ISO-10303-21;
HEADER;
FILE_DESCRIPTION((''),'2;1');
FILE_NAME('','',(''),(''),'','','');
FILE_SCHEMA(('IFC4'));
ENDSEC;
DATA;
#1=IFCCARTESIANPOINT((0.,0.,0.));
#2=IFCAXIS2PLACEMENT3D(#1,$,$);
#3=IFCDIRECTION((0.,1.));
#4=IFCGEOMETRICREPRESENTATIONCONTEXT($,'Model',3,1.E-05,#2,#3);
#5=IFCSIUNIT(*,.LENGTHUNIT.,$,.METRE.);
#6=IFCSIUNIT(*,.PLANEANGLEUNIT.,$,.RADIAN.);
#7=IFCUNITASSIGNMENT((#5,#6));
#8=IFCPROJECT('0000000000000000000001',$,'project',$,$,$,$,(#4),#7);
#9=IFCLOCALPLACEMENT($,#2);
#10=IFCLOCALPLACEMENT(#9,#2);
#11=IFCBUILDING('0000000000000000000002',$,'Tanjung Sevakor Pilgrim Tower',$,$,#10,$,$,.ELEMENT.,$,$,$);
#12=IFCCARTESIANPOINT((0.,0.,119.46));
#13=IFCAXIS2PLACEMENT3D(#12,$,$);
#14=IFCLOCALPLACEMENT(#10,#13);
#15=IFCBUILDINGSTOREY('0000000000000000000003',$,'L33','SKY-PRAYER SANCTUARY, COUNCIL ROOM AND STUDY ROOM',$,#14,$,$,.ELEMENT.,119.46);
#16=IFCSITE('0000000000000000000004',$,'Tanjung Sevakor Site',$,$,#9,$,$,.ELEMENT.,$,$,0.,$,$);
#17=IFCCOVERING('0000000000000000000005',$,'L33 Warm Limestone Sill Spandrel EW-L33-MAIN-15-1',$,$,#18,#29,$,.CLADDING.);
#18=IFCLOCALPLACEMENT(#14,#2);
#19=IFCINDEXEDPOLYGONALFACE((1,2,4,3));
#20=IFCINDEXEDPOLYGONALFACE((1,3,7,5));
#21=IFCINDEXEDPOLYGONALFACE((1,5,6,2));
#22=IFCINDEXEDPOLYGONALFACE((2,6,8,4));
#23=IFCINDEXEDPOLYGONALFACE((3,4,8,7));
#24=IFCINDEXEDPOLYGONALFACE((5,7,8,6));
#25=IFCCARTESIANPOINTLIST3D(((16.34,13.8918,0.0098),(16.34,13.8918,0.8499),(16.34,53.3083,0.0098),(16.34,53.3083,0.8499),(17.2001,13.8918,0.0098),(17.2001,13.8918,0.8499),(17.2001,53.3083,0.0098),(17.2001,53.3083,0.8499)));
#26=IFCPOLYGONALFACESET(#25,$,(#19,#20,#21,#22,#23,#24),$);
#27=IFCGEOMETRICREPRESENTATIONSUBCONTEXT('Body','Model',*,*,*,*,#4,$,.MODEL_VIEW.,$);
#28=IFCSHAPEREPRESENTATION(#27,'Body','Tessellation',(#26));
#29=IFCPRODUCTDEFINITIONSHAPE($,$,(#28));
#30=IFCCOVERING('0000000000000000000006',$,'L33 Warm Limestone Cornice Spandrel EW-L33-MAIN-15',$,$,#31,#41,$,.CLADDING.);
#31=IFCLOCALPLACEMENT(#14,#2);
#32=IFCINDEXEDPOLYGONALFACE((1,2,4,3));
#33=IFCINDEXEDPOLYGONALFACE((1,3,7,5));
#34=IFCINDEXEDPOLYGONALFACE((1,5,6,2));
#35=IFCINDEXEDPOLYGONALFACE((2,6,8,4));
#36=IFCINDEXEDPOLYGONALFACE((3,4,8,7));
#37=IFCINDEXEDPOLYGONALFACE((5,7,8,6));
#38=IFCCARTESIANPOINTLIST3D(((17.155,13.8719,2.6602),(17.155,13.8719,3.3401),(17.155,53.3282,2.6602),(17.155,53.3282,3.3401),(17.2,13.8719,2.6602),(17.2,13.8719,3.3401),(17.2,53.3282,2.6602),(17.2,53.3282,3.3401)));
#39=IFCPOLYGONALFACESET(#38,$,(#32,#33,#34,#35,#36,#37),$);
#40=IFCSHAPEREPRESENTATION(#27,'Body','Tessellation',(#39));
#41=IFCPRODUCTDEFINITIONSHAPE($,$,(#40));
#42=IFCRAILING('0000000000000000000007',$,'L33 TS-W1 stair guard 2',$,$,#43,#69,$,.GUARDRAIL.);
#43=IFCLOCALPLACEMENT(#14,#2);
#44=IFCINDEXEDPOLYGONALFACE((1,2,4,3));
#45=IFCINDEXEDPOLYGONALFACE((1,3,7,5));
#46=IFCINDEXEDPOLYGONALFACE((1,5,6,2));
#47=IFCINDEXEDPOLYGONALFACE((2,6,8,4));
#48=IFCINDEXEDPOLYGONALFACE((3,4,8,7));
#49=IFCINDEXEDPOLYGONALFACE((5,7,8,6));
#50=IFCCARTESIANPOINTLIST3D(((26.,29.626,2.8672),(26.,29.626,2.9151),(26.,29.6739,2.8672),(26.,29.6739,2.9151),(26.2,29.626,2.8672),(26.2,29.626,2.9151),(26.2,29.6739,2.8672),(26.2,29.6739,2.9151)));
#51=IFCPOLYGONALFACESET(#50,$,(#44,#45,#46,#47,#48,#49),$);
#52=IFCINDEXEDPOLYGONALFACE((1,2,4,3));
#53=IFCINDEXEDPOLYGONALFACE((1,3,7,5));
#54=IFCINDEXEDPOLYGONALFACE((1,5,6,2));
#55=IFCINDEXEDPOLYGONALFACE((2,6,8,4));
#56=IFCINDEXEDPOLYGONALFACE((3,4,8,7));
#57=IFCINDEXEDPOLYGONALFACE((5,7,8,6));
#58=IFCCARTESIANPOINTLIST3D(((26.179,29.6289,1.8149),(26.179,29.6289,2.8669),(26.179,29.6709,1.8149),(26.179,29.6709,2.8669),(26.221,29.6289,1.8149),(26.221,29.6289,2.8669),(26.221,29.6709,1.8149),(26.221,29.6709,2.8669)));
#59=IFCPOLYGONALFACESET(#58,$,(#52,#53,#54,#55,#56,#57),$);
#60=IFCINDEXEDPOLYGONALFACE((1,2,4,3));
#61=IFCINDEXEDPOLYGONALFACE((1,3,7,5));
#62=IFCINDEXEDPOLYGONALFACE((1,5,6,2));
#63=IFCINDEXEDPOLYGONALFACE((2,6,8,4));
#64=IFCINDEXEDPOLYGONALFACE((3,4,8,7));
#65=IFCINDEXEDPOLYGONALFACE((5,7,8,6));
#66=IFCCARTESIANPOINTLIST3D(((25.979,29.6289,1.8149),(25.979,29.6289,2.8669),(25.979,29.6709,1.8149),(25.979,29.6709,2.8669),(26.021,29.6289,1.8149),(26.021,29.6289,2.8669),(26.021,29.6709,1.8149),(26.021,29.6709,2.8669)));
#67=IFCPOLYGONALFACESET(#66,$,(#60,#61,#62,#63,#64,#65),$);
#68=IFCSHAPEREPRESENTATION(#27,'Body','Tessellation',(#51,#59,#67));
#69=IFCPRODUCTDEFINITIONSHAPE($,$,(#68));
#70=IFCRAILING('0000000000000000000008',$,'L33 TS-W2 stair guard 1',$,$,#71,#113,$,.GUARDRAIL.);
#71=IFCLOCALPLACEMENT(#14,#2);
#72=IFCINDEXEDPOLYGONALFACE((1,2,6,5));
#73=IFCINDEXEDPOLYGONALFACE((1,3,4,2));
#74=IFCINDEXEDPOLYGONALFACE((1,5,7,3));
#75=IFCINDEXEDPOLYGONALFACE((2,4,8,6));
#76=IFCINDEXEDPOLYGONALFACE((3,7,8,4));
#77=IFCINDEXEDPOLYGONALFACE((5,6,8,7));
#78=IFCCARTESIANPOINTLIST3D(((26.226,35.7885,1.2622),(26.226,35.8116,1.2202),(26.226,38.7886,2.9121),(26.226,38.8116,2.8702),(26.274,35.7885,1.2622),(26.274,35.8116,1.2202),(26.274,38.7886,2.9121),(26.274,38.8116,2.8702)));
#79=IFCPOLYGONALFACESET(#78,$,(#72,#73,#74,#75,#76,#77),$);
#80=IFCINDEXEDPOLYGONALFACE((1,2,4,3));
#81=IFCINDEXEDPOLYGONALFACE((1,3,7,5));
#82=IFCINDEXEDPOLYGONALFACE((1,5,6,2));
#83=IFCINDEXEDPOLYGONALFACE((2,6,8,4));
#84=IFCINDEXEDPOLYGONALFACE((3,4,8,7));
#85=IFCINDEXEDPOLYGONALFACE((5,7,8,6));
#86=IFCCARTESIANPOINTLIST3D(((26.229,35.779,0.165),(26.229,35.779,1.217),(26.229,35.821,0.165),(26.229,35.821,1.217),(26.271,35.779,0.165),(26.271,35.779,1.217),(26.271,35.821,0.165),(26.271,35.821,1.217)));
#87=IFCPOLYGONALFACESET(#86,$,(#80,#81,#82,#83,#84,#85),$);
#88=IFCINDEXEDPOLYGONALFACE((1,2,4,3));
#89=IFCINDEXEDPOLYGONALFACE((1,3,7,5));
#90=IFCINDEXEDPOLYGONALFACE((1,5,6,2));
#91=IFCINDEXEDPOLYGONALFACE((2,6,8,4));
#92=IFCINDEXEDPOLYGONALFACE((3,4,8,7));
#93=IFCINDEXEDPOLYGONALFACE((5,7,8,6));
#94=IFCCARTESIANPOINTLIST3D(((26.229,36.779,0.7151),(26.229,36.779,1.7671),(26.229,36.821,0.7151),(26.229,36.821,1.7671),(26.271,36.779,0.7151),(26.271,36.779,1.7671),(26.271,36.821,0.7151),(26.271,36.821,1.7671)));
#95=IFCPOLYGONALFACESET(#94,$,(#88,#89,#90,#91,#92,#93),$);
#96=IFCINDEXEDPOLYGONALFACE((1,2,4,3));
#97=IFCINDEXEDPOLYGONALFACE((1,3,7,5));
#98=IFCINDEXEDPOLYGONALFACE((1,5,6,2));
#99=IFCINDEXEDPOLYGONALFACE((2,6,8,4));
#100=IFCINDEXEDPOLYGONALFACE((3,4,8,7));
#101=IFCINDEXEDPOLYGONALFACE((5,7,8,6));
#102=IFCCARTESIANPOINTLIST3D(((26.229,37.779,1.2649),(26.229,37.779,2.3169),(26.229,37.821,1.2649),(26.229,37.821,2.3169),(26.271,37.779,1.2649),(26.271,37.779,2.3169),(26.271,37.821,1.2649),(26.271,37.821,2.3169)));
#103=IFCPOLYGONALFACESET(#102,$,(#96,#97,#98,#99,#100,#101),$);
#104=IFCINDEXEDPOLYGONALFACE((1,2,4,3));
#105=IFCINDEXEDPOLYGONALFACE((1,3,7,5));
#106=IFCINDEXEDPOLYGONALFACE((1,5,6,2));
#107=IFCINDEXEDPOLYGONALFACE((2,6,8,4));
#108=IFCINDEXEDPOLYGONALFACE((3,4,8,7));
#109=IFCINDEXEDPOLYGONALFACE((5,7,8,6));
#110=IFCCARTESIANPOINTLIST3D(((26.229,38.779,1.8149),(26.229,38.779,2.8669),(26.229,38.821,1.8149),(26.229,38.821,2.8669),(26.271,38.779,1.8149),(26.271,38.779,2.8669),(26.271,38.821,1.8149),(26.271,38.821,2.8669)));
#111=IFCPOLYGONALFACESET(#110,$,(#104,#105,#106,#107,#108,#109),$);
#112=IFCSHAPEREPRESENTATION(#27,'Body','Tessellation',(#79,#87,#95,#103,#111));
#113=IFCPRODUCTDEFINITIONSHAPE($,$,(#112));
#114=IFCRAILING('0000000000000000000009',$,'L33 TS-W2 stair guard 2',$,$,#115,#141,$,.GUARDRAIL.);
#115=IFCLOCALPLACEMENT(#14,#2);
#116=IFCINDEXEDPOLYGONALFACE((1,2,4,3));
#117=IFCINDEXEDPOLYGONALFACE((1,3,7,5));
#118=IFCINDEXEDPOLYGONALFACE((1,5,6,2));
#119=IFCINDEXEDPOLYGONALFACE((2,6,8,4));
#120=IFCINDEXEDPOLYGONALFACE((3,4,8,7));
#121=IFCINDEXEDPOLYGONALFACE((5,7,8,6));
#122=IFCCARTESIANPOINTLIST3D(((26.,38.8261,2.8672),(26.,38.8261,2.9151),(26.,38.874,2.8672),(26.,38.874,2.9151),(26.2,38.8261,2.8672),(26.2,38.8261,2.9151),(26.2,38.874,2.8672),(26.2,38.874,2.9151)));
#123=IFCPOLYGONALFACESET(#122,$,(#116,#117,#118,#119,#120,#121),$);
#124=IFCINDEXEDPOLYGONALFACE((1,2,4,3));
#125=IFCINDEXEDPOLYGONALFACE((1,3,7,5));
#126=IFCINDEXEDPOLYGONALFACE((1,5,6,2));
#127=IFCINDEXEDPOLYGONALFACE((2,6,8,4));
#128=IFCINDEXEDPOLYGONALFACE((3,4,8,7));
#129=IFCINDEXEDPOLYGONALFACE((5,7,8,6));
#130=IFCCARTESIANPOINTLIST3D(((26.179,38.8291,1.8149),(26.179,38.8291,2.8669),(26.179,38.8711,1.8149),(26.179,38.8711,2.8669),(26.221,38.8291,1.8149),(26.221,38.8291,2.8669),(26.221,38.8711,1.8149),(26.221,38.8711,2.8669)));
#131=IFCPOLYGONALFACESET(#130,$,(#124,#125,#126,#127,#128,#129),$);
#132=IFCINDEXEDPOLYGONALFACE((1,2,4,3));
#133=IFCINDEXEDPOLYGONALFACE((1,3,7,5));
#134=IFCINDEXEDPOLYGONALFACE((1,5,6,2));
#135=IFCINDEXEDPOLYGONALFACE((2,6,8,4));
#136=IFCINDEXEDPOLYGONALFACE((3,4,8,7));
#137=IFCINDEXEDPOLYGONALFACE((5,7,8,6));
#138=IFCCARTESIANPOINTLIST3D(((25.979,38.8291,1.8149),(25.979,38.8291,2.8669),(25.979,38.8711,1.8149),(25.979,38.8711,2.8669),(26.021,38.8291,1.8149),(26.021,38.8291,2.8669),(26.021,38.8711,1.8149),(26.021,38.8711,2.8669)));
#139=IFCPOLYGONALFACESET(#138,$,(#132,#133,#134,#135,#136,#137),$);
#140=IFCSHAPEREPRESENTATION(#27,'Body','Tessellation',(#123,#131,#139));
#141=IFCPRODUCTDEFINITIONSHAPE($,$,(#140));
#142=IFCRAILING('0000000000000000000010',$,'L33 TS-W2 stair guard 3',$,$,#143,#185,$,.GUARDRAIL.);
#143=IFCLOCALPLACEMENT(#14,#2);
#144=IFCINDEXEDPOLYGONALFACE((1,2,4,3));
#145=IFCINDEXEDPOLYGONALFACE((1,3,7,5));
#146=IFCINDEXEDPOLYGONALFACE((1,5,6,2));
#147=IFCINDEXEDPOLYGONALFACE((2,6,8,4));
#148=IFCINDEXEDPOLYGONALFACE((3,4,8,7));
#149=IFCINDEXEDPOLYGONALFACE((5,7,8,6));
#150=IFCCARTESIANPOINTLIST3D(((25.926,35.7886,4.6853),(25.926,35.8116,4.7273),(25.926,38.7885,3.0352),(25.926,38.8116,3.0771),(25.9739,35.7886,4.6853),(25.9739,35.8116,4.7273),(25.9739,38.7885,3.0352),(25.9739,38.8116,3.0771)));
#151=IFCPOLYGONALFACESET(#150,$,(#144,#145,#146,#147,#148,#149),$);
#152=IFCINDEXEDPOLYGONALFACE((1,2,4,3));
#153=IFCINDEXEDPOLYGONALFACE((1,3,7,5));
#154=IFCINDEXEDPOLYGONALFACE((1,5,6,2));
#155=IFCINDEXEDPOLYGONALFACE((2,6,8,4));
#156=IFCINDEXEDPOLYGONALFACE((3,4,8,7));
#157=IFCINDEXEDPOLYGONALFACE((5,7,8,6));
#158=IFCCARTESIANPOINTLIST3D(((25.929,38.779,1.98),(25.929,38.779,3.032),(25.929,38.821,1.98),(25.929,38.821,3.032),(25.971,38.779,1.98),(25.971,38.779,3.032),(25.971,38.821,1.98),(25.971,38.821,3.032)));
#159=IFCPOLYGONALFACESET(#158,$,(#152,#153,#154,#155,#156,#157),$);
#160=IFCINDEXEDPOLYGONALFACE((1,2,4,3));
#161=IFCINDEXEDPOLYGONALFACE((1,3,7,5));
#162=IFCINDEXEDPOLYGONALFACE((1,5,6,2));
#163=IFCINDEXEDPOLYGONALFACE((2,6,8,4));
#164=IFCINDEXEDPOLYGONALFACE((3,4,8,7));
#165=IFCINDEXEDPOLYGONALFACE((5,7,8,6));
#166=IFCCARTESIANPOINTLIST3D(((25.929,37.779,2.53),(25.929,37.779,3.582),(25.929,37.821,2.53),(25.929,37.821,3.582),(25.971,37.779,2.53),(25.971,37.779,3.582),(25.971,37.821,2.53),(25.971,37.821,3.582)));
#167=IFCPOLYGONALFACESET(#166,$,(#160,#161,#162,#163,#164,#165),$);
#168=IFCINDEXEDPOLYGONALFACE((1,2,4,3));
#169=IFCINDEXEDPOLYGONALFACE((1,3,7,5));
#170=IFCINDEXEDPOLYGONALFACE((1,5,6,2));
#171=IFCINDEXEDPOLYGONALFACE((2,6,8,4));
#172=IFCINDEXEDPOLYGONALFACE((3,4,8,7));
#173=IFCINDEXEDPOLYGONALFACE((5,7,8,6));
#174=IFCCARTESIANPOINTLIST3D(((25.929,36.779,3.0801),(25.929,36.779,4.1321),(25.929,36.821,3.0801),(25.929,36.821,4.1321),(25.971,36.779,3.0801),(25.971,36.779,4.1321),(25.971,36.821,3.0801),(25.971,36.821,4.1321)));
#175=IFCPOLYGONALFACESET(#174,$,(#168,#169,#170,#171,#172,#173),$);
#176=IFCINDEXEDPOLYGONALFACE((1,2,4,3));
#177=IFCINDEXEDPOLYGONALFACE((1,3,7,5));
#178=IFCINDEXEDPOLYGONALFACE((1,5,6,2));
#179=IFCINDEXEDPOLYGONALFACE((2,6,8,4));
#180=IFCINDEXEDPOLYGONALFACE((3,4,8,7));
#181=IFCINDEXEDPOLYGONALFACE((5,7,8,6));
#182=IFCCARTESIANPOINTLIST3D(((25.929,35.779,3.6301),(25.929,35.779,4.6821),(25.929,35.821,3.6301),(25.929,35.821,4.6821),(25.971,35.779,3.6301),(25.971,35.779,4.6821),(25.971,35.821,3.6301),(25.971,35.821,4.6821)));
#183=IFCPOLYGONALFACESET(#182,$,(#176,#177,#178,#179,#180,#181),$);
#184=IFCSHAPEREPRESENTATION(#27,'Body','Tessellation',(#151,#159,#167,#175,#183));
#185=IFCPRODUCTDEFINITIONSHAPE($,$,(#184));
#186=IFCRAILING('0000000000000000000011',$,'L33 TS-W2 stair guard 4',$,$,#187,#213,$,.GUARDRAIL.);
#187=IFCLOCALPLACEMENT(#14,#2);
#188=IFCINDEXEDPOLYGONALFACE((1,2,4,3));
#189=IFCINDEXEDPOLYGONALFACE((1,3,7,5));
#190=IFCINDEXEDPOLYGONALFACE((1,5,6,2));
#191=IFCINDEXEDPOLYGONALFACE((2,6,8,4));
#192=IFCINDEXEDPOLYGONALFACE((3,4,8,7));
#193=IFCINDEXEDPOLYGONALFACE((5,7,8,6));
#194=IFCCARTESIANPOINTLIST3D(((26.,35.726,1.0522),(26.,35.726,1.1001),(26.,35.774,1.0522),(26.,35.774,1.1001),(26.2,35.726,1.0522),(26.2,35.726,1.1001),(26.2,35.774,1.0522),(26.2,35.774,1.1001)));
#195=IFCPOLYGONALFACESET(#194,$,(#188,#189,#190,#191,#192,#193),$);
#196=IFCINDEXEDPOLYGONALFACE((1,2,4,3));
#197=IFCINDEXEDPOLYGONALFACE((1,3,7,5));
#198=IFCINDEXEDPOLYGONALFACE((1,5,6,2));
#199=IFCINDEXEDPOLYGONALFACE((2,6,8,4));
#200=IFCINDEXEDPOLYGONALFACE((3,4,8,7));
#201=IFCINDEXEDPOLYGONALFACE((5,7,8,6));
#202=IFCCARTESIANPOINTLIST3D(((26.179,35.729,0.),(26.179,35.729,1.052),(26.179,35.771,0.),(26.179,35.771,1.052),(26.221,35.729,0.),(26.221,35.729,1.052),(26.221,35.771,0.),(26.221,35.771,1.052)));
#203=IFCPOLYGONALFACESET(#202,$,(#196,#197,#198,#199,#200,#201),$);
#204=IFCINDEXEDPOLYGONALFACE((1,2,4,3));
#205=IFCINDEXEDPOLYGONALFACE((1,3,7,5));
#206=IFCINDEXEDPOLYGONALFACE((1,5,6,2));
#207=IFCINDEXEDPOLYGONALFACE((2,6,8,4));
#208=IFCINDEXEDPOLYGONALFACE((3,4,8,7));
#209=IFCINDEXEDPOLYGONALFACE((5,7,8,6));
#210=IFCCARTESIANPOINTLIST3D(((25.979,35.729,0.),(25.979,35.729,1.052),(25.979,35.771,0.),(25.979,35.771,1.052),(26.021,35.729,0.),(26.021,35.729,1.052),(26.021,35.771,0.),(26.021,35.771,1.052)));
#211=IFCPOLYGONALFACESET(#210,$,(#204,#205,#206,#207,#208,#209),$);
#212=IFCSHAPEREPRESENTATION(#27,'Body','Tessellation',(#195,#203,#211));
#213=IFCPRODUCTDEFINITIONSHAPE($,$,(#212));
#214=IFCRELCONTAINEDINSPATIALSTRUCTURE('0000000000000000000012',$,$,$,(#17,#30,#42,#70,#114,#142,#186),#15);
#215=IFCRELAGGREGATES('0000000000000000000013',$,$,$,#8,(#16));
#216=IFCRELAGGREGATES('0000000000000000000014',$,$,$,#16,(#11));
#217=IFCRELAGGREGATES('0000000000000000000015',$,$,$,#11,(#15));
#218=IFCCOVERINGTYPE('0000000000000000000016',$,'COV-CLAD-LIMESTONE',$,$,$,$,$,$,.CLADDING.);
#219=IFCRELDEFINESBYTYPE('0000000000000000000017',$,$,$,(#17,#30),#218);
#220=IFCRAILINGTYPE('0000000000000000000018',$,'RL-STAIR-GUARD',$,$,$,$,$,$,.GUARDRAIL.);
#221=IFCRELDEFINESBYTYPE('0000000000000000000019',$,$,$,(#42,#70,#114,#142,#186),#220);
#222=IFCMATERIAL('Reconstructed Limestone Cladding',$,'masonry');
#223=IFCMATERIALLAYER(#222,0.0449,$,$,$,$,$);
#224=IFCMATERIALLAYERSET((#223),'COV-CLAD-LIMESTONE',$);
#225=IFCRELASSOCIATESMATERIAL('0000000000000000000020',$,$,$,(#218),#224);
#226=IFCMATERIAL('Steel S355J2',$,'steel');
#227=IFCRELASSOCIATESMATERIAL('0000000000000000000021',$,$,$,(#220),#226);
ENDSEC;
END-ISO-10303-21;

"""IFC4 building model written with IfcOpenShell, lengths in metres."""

from ifc_helpers import new_model, si_unit, direction, frame, origin, origin_2d, place, context, subcontext, project, spatial, rectangle, extrude, material, layer, layer_set, type_object, element, save


model = new_model("IFC4")

# Units and contexts
model_context = context("Model", 3, precision=1e-05, world=origin(), true_north=direction((0.0, 1.0)))
body_context = subcontext(model_context, "Body", "Model", "MODEL_VIEW")
ifc_project = project(units=[si_unit("LENGTHUNIT", "METRE"), si_unit("PLANEANGLEUNIT", "RADIAN")], contexts=[model_context])

# Site, building, storey
site_placement = place(None, origin())
site = spatial("IfcSite", under=ifc_project, at=site_placement, Name="Tanjung Sevakor Site", CompositionType="ELEMENT", RefElevation=0.0)
building_placement = place(site_placement, origin())
building = spatial("IfcBuilding", under=site, at=building_placement, Name="Tanjung Sevakor Pilgrim Tower", CompositionType="ELEMENT")
storey_placement = place(building_placement, frame((0.0, 0.0, 119.46)))
storey = spatial("IfcBuildingStorey", under=building, at=storey_placement, Name="L33", Description="SKY-PRAYER SANCTUARY, COUNCIL ROOM AND STUDY ROOM", CompositionType="ELEMENT", Elevation=119.46)

# Coverings
ifc_material_1 = material(Name="Reconstructed Limestone Cladding", Category="masonry")
ifc_layer_1 = layer(ifc_material_1, 0.0449)
ifc_layer_set_1 = layer_set([ifc_layer_1], Name="COV-CLAD-LIMESTONE")
covering_type = type_object("IfcCoveringType", Name="COV-CLAD-LIMESTONE", PredefinedType="CLADDING", material=ifc_layer_set_1)
covering_1_placement = place(storey_placement, frame((16.77, 33.6001, 0.0098), z_axis=(0.0, 0.0, 1.0), x_axis=(0.0, -1.0, 0.0)))
element("IfcCovering", 1, at=covering_1_placement, inside=storey, type_object=covering_type, Name="L33 Warm Limestone Sill Spandrel EW-L33-MAIN-15-1", PredefinedType="CLADDING", context=body_context, shape_type="SweptSolid", body=[
    extrude(rectangle(XDim=39.4165, YDim=0.8601, at=origin_2d()), origin(), (0.0, 0.0, 1.0), 0.8401),
])
covering_2_placement = place(storey_placement, frame((17.1775, 33.6001, 2.6602), z_axis=(0.0, 0.0, 1.0), x_axis=(0.0, -1.0, 0.0)))
element("IfcCovering", 2, at=covering_2_placement, inside=storey, type_object=covering_type, Name="L33 Warm Limestone Cornice Spandrel EW-L33-MAIN-15", PredefinedType="CLADDING", context=body_context, shape_type="SweptSolid", body=[
    extrude(rectangle(XDim=39.4563, YDim=0.0449, at=origin_2d()), origin(), (0.0, 0.0, 1.0), 0.6799),
])

# Railings
ifc_material_2 = material(Name="Steel S355J2", Category="steel")
railing_type_1 = type_object("IfcRailingType", Name="RL-STAIR-GUARD", PredefinedType="GUARDRAIL", material=ifc_material_2)
railing_1_placement = place(storey_placement, frame((26.2, 29.6499, 1.8149)))
element("IfcRailing", 3, at=railing_1_placement, inside=storey, type_object=railing_type_1, Name="L33 TS-W1 stair guard 2", PredefinedType="GUARDRAIL", context=body_context, shape_type="SweptSolid", body=[
    extrude(rectangle(XDim=0.0479, YDim=0.0479), frame((0.0, 0.0, 1.0762), z_axis=(-1.0, 0.0, 0.0), x_axis=(0.0, -1.0, 0.0)), (0.0, 0.0, 1.0), 0.2),
    extrude(rectangle(XDim=0.042, YDim=0.042), origin(), (0.0, 0.0, 1.0), 1.052),
    extrude(rectangle(XDim=0.042, YDim=0.042), frame((-0.2, 0.0, 0.0)), (0.0, 0.0, 1.0), 1.052),
])
railing_2_placement = place(storey_placement, frame((26.25, 35.8, 0.165)))
element("IfcRailing", 4, at=railing_2_placement, inside=storey, type_object=railing_type_1, Name="L33 TS-W2 stair guard 1", PredefinedType="GUARDRAIL", context=body_context, shape_type="SweptSolid", body=[
    extrude(rectangle(XDim=0.0479, YDim=0.0479), frame((0.0, 0.0, 1.0762), z_axis=(0.0, 0.876228, 0.481897), x_axis=(-1.0, 0.0, 0.0)), (0.0, 0.0, 1.0), 3.4238),
    extrude(rectangle(XDim=0.042, YDim=0.042), origin(), (0.0, 0.0, 1.0), 1.052),
    extrude(rectangle(XDim=0.042, YDim=0.042), frame((0.0, 1.0, 0.55)), (0.0, 0.0, 1.0), 1.052),
    extrude(rectangle(XDim=0.042, YDim=0.042), frame((0.0, 2.0, 1.0999)), (0.0, 0.0, 1.0), 1.052),
    extrude(rectangle(XDim=0.042, YDim=0.042), frame((0.0, 3.0, 1.6499)), (0.0, 0.0, 1.0), 1.052),
])
railing_3_placement = place(storey_placement, frame((26.2, 38.8501, 1.8149)))
element("IfcRailing", 5, at=railing_3_placement, inside=storey, type_object=railing_type_1, Name="L33 TS-W2 stair guard 2", PredefinedType="GUARDRAIL", context=body_context, shape_type="SweptSolid", body=[
    extrude(rectangle(XDim=0.0479, YDim=0.0479), frame((0.0, 0.0, 1.0762), z_axis=(-1.0, 0.0, 0.0), x_axis=(0.0, -1.0, 0.0)), (0.0, 0.0, 1.0), 0.2),
    extrude(rectangle(XDim=0.042, YDim=0.042), origin(), (0.0, 0.0, 1.0), 1.052),
    extrude(rectangle(XDim=0.042, YDim=0.042), frame((-0.2, 0.0, 0.0)), (0.0, 0.0, 1.0), 1.052),
])
railing_4_placement = place(storey_placement, frame((25.95, 38.8, 1.98)))
element("IfcRailing", 6, at=railing_4_placement, inside=storey, type_object=railing_type_1, Name="L33 TS-W2 stair guard 3", PredefinedType="GUARDRAIL", context=body_context, shape_type="SweptSolid", body=[
    extrude(rectangle(XDim=0.0479, YDim=0.0479), frame((0.0, 0.0, 1.0762), z_axis=(0.0, -0.876198, 0.481952), x_axis=(1.0, 0.0, 0.0)), (0.0, 0.0, 1.0), 3.4238),
    extrude(rectangle(XDim=0.042, YDim=0.042), origin(), (0.0, 0.0, 1.0), 1.052),
    extrude(rectangle(XDim=0.042, YDim=0.042), frame((0.0, -1.0, 0.55)), (0.0, 0.0, 1.0), 1.052),
    extrude(rectangle(XDim=0.042, YDim=0.042), frame((0.0, -2.0, 1.1001)), (0.0, 0.0, 1.0), 1.052),
    extrude(rectangle(XDim=0.042, YDim=0.042), frame((0.0, -3.0, 1.6501)), (0.0, 0.0, 1.0), 1.052),
])
railing_5_placement = place(storey_placement, frame((26.2, 35.75, 0.0)))
element("IfcRailing", 7, at=railing_5_placement, inside=storey, type_object=railing_type_1, Name="L33 TS-W2 stair guard 4", PredefinedType="GUARDRAIL", context=body_context, shape_type="SweptSolid", body=[
    extrude(rectangle(XDim=0.0479, YDim=0.0479), frame((0.0, 0.0, 1.0762), z_axis=(-1.0, 0.0, 0.0), x_axis=(0.0, -1.0, 0.0)), (0.0, 0.0, 1.0), 0.2),
    extrude(rectangle(XDim=0.042, YDim=0.042), origin(), (0.0, 0.0, 1.0), 1.052),
    extrude(rectangle(XDim=0.042, YDim=0.042), frame((-0.2, 0.0, 0.0)), (0.0, 0.0, 1.0), 1.052),
])

save(model, "model.ifc")
